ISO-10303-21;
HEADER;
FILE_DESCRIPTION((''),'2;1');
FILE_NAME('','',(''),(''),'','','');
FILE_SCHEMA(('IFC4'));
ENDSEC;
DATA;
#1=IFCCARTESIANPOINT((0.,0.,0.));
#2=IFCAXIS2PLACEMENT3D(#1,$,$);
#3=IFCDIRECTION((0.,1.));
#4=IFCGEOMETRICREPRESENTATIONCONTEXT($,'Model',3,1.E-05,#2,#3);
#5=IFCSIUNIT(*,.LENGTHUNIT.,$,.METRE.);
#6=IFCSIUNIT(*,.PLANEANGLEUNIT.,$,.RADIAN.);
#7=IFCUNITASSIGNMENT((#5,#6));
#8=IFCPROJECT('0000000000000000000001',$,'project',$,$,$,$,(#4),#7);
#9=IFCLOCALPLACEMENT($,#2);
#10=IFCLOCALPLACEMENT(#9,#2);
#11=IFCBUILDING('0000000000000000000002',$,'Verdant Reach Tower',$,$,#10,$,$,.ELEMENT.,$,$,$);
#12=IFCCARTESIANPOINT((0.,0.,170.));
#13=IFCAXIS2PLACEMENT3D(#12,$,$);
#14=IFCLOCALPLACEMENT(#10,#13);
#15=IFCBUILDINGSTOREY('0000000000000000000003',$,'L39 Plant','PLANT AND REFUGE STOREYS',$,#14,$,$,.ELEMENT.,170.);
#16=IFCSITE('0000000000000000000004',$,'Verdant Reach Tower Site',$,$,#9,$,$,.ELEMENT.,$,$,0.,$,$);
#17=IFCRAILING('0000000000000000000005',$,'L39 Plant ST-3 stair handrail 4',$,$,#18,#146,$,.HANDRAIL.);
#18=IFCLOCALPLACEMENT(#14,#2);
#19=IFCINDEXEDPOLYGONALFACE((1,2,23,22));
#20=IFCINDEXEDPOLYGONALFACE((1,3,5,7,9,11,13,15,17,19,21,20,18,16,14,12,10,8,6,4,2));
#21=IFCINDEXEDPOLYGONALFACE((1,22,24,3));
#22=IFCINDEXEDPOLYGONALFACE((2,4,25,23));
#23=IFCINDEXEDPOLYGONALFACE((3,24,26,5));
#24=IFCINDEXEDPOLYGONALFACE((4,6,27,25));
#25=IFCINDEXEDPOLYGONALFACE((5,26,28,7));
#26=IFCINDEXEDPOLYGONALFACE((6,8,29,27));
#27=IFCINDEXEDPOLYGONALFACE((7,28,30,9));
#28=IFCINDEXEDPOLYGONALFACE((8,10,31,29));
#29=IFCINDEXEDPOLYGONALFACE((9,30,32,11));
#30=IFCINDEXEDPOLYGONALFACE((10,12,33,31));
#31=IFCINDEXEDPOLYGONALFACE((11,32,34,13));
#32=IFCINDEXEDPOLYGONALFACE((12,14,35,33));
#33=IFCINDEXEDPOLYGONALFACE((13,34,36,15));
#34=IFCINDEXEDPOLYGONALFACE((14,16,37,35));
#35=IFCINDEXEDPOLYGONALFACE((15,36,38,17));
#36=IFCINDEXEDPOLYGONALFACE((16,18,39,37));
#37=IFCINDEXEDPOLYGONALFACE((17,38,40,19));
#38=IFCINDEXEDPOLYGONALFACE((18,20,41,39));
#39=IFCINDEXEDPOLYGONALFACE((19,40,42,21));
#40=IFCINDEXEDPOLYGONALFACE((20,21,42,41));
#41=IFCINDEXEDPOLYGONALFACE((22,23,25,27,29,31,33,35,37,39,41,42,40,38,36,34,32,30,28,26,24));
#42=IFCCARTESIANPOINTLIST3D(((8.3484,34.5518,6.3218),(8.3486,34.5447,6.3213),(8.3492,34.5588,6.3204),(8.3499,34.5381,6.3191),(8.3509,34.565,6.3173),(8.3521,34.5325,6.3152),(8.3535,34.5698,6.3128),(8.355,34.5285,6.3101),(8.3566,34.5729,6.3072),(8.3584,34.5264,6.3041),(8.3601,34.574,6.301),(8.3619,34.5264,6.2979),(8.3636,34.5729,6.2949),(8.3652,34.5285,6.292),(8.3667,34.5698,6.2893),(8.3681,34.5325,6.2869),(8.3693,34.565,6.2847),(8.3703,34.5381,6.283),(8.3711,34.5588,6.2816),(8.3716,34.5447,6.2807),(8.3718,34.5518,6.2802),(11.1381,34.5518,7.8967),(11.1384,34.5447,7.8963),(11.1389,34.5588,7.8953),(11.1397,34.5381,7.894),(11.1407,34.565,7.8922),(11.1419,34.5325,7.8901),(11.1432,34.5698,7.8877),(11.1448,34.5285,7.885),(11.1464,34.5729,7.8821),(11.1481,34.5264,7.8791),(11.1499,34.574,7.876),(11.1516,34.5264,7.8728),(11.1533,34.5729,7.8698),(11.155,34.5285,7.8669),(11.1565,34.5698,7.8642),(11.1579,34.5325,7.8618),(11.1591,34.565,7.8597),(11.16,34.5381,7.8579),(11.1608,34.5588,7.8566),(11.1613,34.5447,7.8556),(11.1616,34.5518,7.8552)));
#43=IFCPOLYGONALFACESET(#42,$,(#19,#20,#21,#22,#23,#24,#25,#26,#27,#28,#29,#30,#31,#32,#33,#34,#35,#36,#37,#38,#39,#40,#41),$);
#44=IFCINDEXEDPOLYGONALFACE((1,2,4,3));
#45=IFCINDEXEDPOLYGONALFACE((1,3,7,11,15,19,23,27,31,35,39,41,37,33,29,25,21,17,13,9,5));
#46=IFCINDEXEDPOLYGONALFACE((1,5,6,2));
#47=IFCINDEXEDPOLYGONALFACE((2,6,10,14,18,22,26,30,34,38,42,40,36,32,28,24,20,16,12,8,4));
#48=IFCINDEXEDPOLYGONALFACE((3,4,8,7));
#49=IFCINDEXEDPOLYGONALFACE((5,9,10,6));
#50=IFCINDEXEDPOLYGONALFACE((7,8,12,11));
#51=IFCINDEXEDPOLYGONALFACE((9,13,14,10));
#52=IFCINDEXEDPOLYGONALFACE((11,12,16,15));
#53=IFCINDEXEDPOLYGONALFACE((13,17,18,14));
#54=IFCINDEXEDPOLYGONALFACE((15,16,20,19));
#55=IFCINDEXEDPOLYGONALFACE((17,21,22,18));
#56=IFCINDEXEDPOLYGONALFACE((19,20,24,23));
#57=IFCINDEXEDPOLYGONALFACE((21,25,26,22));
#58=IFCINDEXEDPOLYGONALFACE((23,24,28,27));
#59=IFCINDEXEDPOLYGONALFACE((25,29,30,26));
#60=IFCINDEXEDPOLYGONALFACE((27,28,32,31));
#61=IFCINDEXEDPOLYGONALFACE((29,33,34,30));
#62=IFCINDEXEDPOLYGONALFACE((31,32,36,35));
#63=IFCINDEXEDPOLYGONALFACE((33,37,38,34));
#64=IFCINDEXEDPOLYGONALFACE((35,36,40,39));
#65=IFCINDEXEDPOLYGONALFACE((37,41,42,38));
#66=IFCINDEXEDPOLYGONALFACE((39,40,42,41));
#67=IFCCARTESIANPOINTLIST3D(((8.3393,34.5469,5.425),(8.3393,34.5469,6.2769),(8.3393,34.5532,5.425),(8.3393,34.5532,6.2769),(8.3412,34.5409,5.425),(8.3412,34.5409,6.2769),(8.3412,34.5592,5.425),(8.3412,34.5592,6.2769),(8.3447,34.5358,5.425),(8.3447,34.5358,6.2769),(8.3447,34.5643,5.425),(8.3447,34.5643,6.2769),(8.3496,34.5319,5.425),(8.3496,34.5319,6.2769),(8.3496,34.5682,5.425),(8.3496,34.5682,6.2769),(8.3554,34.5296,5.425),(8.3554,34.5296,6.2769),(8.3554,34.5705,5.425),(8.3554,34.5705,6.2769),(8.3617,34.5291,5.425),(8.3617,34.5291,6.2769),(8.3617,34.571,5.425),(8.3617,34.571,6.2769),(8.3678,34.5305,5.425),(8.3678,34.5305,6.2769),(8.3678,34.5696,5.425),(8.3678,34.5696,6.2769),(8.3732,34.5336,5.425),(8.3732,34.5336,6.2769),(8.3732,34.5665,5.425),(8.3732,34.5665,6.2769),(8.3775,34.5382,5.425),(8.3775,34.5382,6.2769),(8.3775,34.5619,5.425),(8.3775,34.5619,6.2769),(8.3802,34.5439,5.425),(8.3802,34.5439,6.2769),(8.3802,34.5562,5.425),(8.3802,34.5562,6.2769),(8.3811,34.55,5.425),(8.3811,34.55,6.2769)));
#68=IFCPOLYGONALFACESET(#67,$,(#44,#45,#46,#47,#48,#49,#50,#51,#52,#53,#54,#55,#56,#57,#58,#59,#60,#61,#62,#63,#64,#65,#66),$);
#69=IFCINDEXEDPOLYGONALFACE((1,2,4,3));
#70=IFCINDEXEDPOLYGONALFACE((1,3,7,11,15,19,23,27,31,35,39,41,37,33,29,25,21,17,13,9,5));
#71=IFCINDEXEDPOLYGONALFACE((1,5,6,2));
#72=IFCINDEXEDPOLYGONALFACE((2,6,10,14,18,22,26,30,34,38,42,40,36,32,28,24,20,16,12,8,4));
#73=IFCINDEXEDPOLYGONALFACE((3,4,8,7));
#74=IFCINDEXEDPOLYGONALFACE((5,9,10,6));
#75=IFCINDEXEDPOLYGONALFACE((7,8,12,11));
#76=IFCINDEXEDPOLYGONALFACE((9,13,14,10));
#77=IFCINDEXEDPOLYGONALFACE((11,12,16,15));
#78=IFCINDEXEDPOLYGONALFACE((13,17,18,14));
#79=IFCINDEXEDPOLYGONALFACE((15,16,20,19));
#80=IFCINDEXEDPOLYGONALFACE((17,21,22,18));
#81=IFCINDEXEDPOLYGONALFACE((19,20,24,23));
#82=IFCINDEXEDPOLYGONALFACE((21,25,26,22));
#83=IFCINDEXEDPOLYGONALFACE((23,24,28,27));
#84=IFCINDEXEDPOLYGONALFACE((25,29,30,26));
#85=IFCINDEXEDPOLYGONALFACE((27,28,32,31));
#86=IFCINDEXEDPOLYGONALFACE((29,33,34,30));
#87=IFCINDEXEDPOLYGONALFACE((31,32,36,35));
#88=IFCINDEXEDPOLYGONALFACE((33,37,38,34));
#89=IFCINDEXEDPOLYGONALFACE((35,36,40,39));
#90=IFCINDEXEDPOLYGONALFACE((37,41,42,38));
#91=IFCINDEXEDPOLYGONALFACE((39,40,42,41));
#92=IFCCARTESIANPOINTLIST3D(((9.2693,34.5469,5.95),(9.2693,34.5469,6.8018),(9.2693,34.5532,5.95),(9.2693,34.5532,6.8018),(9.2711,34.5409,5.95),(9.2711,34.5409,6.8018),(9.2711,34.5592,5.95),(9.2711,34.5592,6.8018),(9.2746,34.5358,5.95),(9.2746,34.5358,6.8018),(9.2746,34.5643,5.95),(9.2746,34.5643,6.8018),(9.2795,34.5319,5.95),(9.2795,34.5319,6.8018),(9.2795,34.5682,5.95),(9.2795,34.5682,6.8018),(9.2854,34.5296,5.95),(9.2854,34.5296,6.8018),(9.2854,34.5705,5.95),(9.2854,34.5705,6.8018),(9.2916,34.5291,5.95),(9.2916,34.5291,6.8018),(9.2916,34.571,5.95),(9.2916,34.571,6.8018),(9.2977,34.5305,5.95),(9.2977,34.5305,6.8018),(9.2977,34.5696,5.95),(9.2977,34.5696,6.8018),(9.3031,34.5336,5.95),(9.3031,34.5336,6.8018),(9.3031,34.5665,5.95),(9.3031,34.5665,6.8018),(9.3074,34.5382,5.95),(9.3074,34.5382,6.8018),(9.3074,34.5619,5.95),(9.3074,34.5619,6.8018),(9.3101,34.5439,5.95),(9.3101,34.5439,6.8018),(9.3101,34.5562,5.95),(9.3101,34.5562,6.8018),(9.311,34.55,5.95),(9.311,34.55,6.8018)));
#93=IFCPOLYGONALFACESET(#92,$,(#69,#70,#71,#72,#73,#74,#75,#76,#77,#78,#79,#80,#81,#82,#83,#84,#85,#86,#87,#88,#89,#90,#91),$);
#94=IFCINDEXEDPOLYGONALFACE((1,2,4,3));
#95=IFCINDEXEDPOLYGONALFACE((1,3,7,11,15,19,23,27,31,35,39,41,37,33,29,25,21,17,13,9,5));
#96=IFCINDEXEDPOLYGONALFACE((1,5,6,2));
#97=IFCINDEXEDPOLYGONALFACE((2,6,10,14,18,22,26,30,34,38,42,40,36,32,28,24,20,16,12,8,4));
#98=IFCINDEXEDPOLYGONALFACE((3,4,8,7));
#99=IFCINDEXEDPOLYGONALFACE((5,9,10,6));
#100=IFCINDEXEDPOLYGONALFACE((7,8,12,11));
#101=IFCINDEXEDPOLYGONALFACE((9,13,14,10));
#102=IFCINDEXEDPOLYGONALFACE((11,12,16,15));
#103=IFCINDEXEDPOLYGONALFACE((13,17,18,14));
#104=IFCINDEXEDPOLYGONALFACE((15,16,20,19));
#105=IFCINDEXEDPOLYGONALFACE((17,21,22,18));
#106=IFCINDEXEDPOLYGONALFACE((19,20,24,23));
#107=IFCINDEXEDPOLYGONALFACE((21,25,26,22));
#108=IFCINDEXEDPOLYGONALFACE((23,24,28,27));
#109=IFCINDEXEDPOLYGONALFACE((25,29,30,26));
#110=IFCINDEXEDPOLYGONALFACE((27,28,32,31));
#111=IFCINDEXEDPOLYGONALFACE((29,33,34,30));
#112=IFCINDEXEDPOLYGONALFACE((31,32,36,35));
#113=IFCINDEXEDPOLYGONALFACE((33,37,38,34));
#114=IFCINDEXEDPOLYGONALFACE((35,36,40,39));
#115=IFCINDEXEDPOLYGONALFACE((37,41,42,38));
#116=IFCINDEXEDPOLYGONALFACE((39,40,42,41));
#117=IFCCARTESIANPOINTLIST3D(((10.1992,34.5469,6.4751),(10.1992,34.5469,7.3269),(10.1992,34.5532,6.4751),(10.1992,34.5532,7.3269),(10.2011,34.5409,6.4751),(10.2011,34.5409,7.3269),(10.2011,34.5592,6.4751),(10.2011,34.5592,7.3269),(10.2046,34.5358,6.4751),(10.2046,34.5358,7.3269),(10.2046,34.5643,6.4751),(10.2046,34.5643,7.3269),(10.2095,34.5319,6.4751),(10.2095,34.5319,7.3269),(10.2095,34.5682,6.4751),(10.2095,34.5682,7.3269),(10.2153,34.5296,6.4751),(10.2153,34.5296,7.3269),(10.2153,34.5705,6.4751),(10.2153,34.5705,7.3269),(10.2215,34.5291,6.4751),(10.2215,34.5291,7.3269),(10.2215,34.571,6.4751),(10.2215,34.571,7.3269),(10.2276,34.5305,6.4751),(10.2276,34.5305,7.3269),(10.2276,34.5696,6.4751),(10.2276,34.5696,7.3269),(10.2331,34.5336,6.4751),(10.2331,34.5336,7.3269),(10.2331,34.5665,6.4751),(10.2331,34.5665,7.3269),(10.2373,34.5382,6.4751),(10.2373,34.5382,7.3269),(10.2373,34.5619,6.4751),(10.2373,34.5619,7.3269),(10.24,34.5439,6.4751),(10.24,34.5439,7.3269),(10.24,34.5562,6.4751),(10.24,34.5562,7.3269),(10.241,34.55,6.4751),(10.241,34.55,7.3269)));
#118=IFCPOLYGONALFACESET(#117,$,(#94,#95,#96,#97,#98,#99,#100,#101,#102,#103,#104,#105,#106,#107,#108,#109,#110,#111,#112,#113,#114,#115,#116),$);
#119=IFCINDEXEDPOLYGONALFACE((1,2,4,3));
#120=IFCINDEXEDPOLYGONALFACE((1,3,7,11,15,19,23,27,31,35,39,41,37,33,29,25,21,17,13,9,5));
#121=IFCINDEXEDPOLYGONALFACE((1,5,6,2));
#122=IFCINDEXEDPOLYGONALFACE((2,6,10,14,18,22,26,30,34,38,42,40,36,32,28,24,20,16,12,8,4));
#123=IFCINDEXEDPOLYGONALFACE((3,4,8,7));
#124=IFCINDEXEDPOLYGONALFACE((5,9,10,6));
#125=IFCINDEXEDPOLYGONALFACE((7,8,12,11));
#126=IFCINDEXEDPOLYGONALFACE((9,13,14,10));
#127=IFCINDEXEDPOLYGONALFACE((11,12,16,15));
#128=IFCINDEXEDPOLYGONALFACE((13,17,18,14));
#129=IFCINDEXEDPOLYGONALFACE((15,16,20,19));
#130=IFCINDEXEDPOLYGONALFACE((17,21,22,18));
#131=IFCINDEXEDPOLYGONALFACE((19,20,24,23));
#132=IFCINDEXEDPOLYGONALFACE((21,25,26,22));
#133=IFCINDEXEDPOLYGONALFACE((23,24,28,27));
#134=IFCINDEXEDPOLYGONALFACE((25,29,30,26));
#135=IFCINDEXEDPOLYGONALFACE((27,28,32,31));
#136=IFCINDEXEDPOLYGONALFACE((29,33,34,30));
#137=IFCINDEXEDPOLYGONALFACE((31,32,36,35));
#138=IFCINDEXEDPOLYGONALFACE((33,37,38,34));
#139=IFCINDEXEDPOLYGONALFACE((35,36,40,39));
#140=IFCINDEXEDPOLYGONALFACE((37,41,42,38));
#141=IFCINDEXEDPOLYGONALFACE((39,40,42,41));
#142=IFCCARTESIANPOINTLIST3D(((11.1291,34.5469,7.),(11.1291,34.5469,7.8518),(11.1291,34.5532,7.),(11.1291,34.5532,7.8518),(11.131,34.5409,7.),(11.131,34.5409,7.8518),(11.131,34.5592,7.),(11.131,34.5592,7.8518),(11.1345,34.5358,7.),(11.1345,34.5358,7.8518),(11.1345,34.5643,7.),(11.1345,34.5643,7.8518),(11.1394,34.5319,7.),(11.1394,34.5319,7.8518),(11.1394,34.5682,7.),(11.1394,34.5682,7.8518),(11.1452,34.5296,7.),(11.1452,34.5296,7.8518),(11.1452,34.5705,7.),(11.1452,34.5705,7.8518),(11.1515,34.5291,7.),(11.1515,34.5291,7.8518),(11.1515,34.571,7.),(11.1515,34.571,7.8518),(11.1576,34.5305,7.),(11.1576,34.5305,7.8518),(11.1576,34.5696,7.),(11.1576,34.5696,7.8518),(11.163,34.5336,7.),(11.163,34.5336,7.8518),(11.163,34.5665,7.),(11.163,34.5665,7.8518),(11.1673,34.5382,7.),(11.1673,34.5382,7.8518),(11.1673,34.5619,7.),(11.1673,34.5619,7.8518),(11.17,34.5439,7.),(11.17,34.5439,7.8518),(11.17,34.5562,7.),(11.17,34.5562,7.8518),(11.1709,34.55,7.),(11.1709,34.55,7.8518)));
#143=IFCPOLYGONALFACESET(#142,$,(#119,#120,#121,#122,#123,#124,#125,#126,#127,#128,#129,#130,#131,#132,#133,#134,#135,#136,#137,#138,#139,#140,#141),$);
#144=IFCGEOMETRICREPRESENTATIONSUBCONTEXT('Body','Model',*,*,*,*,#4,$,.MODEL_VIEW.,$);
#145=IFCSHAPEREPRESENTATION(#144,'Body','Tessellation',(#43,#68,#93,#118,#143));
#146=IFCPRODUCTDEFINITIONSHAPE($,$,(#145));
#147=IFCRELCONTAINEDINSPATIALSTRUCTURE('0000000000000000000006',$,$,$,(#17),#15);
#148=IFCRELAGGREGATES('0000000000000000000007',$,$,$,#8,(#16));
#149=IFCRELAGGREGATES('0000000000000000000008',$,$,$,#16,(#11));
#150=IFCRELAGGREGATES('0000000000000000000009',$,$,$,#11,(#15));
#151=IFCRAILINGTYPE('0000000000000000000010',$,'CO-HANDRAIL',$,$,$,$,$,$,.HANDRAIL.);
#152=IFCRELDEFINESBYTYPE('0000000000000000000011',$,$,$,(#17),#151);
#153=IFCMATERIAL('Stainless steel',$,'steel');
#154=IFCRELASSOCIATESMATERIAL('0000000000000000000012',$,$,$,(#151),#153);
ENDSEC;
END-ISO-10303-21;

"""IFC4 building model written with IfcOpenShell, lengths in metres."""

from ifc_helpers import new_model, si_unit, direction, frame, origin, origin_2d, place, context, subcontext, project, spatial, circle, extrude, material, type_object, element, save


model = new_model("IFC4")

# Units and contexts
model_context = context("Model", 3, precision=1e-05, world=origin(), true_north=direction((0.0, 1.0)))
body_context = subcontext(model_context, "Body", "Model", "MODEL_VIEW")
ifc_project = project(units=[si_unit("LENGTHUNIT", "METRE"), si_unit("PLANEANGLEUNIT", "RADIAN")], contexts=[model_context])

# Site, building, storey
site_placement = place(None, origin())
site = spatial("IfcSite", under=ifc_project, at=site_placement, Name="Verdant Reach Tower Site", CompositionType="ELEMENT", RefElevation=0.0)
building_placement = place(site_placement, origin())
building = spatial("IfcBuilding", under=site, at=building_placement, Name="Verdant Reach Tower", CompositionType="ELEMENT")
storey_placement = place(building_placement, frame((0.0, 0.0, 170.0)))
storey = spatial("IfcBuildingStorey", under=building, at=storey_placement, Name="L39 Plant", Description="PLANT AND REFUGE STOREYS", CompositionType="ELEMENT", Elevation=170.0)

# Railing
ifc_material_1 = material(Name="Stainless steel", Category="steel")
railing_type_1 = type_object("IfcRailingType", Name="CO-HANDRAIL", PredefinedType="HANDRAIL", material=ifc_material_1)
railing_1_placement = place(storey_placement, frame((8.3601, 34.55, 5.425)))
element("IfcRailing", 1, at=railing_1_placement, inside=storey, type_object=railing_type_1, Name="L39 Plant ST-3 stair handrail 4", PredefinedType="HANDRAIL", context=body_context, shape_type="SweptSolid", body=[
    extrude(circle(Radius=0.0239, at=origin_2d()), frame((0.0, 0.0, 0.876), z_axis=(0.870815, 0.0, 0.49161), x_axis=(0.0, 1.0, 0.0)), (0.0, 0.0, 1.0), 3.2036),
    extrude(circle(Radius=0.021, at=origin_2d()), origin(), (0.0, 0.0, 1.0), 0.8518),
    extrude(circle(Radius=0.021, at=origin_2d()), frame((0.9299, 0.0, 0.5249)), (0.0, 0.0, 1.0), 0.8518),
    extrude(circle(Radius=0.021, at=origin_2d()), frame((1.8599, 0.0, 1.05)), (0.0, 0.0, 1.0), 0.8518),
    extrude(circle(Radius=0.021, at=origin_2d()), frame((2.7898, 0.0, 1.575)), (0.0, 0.0, 1.0), 0.8518),
])

save(model, "model.ifc")
